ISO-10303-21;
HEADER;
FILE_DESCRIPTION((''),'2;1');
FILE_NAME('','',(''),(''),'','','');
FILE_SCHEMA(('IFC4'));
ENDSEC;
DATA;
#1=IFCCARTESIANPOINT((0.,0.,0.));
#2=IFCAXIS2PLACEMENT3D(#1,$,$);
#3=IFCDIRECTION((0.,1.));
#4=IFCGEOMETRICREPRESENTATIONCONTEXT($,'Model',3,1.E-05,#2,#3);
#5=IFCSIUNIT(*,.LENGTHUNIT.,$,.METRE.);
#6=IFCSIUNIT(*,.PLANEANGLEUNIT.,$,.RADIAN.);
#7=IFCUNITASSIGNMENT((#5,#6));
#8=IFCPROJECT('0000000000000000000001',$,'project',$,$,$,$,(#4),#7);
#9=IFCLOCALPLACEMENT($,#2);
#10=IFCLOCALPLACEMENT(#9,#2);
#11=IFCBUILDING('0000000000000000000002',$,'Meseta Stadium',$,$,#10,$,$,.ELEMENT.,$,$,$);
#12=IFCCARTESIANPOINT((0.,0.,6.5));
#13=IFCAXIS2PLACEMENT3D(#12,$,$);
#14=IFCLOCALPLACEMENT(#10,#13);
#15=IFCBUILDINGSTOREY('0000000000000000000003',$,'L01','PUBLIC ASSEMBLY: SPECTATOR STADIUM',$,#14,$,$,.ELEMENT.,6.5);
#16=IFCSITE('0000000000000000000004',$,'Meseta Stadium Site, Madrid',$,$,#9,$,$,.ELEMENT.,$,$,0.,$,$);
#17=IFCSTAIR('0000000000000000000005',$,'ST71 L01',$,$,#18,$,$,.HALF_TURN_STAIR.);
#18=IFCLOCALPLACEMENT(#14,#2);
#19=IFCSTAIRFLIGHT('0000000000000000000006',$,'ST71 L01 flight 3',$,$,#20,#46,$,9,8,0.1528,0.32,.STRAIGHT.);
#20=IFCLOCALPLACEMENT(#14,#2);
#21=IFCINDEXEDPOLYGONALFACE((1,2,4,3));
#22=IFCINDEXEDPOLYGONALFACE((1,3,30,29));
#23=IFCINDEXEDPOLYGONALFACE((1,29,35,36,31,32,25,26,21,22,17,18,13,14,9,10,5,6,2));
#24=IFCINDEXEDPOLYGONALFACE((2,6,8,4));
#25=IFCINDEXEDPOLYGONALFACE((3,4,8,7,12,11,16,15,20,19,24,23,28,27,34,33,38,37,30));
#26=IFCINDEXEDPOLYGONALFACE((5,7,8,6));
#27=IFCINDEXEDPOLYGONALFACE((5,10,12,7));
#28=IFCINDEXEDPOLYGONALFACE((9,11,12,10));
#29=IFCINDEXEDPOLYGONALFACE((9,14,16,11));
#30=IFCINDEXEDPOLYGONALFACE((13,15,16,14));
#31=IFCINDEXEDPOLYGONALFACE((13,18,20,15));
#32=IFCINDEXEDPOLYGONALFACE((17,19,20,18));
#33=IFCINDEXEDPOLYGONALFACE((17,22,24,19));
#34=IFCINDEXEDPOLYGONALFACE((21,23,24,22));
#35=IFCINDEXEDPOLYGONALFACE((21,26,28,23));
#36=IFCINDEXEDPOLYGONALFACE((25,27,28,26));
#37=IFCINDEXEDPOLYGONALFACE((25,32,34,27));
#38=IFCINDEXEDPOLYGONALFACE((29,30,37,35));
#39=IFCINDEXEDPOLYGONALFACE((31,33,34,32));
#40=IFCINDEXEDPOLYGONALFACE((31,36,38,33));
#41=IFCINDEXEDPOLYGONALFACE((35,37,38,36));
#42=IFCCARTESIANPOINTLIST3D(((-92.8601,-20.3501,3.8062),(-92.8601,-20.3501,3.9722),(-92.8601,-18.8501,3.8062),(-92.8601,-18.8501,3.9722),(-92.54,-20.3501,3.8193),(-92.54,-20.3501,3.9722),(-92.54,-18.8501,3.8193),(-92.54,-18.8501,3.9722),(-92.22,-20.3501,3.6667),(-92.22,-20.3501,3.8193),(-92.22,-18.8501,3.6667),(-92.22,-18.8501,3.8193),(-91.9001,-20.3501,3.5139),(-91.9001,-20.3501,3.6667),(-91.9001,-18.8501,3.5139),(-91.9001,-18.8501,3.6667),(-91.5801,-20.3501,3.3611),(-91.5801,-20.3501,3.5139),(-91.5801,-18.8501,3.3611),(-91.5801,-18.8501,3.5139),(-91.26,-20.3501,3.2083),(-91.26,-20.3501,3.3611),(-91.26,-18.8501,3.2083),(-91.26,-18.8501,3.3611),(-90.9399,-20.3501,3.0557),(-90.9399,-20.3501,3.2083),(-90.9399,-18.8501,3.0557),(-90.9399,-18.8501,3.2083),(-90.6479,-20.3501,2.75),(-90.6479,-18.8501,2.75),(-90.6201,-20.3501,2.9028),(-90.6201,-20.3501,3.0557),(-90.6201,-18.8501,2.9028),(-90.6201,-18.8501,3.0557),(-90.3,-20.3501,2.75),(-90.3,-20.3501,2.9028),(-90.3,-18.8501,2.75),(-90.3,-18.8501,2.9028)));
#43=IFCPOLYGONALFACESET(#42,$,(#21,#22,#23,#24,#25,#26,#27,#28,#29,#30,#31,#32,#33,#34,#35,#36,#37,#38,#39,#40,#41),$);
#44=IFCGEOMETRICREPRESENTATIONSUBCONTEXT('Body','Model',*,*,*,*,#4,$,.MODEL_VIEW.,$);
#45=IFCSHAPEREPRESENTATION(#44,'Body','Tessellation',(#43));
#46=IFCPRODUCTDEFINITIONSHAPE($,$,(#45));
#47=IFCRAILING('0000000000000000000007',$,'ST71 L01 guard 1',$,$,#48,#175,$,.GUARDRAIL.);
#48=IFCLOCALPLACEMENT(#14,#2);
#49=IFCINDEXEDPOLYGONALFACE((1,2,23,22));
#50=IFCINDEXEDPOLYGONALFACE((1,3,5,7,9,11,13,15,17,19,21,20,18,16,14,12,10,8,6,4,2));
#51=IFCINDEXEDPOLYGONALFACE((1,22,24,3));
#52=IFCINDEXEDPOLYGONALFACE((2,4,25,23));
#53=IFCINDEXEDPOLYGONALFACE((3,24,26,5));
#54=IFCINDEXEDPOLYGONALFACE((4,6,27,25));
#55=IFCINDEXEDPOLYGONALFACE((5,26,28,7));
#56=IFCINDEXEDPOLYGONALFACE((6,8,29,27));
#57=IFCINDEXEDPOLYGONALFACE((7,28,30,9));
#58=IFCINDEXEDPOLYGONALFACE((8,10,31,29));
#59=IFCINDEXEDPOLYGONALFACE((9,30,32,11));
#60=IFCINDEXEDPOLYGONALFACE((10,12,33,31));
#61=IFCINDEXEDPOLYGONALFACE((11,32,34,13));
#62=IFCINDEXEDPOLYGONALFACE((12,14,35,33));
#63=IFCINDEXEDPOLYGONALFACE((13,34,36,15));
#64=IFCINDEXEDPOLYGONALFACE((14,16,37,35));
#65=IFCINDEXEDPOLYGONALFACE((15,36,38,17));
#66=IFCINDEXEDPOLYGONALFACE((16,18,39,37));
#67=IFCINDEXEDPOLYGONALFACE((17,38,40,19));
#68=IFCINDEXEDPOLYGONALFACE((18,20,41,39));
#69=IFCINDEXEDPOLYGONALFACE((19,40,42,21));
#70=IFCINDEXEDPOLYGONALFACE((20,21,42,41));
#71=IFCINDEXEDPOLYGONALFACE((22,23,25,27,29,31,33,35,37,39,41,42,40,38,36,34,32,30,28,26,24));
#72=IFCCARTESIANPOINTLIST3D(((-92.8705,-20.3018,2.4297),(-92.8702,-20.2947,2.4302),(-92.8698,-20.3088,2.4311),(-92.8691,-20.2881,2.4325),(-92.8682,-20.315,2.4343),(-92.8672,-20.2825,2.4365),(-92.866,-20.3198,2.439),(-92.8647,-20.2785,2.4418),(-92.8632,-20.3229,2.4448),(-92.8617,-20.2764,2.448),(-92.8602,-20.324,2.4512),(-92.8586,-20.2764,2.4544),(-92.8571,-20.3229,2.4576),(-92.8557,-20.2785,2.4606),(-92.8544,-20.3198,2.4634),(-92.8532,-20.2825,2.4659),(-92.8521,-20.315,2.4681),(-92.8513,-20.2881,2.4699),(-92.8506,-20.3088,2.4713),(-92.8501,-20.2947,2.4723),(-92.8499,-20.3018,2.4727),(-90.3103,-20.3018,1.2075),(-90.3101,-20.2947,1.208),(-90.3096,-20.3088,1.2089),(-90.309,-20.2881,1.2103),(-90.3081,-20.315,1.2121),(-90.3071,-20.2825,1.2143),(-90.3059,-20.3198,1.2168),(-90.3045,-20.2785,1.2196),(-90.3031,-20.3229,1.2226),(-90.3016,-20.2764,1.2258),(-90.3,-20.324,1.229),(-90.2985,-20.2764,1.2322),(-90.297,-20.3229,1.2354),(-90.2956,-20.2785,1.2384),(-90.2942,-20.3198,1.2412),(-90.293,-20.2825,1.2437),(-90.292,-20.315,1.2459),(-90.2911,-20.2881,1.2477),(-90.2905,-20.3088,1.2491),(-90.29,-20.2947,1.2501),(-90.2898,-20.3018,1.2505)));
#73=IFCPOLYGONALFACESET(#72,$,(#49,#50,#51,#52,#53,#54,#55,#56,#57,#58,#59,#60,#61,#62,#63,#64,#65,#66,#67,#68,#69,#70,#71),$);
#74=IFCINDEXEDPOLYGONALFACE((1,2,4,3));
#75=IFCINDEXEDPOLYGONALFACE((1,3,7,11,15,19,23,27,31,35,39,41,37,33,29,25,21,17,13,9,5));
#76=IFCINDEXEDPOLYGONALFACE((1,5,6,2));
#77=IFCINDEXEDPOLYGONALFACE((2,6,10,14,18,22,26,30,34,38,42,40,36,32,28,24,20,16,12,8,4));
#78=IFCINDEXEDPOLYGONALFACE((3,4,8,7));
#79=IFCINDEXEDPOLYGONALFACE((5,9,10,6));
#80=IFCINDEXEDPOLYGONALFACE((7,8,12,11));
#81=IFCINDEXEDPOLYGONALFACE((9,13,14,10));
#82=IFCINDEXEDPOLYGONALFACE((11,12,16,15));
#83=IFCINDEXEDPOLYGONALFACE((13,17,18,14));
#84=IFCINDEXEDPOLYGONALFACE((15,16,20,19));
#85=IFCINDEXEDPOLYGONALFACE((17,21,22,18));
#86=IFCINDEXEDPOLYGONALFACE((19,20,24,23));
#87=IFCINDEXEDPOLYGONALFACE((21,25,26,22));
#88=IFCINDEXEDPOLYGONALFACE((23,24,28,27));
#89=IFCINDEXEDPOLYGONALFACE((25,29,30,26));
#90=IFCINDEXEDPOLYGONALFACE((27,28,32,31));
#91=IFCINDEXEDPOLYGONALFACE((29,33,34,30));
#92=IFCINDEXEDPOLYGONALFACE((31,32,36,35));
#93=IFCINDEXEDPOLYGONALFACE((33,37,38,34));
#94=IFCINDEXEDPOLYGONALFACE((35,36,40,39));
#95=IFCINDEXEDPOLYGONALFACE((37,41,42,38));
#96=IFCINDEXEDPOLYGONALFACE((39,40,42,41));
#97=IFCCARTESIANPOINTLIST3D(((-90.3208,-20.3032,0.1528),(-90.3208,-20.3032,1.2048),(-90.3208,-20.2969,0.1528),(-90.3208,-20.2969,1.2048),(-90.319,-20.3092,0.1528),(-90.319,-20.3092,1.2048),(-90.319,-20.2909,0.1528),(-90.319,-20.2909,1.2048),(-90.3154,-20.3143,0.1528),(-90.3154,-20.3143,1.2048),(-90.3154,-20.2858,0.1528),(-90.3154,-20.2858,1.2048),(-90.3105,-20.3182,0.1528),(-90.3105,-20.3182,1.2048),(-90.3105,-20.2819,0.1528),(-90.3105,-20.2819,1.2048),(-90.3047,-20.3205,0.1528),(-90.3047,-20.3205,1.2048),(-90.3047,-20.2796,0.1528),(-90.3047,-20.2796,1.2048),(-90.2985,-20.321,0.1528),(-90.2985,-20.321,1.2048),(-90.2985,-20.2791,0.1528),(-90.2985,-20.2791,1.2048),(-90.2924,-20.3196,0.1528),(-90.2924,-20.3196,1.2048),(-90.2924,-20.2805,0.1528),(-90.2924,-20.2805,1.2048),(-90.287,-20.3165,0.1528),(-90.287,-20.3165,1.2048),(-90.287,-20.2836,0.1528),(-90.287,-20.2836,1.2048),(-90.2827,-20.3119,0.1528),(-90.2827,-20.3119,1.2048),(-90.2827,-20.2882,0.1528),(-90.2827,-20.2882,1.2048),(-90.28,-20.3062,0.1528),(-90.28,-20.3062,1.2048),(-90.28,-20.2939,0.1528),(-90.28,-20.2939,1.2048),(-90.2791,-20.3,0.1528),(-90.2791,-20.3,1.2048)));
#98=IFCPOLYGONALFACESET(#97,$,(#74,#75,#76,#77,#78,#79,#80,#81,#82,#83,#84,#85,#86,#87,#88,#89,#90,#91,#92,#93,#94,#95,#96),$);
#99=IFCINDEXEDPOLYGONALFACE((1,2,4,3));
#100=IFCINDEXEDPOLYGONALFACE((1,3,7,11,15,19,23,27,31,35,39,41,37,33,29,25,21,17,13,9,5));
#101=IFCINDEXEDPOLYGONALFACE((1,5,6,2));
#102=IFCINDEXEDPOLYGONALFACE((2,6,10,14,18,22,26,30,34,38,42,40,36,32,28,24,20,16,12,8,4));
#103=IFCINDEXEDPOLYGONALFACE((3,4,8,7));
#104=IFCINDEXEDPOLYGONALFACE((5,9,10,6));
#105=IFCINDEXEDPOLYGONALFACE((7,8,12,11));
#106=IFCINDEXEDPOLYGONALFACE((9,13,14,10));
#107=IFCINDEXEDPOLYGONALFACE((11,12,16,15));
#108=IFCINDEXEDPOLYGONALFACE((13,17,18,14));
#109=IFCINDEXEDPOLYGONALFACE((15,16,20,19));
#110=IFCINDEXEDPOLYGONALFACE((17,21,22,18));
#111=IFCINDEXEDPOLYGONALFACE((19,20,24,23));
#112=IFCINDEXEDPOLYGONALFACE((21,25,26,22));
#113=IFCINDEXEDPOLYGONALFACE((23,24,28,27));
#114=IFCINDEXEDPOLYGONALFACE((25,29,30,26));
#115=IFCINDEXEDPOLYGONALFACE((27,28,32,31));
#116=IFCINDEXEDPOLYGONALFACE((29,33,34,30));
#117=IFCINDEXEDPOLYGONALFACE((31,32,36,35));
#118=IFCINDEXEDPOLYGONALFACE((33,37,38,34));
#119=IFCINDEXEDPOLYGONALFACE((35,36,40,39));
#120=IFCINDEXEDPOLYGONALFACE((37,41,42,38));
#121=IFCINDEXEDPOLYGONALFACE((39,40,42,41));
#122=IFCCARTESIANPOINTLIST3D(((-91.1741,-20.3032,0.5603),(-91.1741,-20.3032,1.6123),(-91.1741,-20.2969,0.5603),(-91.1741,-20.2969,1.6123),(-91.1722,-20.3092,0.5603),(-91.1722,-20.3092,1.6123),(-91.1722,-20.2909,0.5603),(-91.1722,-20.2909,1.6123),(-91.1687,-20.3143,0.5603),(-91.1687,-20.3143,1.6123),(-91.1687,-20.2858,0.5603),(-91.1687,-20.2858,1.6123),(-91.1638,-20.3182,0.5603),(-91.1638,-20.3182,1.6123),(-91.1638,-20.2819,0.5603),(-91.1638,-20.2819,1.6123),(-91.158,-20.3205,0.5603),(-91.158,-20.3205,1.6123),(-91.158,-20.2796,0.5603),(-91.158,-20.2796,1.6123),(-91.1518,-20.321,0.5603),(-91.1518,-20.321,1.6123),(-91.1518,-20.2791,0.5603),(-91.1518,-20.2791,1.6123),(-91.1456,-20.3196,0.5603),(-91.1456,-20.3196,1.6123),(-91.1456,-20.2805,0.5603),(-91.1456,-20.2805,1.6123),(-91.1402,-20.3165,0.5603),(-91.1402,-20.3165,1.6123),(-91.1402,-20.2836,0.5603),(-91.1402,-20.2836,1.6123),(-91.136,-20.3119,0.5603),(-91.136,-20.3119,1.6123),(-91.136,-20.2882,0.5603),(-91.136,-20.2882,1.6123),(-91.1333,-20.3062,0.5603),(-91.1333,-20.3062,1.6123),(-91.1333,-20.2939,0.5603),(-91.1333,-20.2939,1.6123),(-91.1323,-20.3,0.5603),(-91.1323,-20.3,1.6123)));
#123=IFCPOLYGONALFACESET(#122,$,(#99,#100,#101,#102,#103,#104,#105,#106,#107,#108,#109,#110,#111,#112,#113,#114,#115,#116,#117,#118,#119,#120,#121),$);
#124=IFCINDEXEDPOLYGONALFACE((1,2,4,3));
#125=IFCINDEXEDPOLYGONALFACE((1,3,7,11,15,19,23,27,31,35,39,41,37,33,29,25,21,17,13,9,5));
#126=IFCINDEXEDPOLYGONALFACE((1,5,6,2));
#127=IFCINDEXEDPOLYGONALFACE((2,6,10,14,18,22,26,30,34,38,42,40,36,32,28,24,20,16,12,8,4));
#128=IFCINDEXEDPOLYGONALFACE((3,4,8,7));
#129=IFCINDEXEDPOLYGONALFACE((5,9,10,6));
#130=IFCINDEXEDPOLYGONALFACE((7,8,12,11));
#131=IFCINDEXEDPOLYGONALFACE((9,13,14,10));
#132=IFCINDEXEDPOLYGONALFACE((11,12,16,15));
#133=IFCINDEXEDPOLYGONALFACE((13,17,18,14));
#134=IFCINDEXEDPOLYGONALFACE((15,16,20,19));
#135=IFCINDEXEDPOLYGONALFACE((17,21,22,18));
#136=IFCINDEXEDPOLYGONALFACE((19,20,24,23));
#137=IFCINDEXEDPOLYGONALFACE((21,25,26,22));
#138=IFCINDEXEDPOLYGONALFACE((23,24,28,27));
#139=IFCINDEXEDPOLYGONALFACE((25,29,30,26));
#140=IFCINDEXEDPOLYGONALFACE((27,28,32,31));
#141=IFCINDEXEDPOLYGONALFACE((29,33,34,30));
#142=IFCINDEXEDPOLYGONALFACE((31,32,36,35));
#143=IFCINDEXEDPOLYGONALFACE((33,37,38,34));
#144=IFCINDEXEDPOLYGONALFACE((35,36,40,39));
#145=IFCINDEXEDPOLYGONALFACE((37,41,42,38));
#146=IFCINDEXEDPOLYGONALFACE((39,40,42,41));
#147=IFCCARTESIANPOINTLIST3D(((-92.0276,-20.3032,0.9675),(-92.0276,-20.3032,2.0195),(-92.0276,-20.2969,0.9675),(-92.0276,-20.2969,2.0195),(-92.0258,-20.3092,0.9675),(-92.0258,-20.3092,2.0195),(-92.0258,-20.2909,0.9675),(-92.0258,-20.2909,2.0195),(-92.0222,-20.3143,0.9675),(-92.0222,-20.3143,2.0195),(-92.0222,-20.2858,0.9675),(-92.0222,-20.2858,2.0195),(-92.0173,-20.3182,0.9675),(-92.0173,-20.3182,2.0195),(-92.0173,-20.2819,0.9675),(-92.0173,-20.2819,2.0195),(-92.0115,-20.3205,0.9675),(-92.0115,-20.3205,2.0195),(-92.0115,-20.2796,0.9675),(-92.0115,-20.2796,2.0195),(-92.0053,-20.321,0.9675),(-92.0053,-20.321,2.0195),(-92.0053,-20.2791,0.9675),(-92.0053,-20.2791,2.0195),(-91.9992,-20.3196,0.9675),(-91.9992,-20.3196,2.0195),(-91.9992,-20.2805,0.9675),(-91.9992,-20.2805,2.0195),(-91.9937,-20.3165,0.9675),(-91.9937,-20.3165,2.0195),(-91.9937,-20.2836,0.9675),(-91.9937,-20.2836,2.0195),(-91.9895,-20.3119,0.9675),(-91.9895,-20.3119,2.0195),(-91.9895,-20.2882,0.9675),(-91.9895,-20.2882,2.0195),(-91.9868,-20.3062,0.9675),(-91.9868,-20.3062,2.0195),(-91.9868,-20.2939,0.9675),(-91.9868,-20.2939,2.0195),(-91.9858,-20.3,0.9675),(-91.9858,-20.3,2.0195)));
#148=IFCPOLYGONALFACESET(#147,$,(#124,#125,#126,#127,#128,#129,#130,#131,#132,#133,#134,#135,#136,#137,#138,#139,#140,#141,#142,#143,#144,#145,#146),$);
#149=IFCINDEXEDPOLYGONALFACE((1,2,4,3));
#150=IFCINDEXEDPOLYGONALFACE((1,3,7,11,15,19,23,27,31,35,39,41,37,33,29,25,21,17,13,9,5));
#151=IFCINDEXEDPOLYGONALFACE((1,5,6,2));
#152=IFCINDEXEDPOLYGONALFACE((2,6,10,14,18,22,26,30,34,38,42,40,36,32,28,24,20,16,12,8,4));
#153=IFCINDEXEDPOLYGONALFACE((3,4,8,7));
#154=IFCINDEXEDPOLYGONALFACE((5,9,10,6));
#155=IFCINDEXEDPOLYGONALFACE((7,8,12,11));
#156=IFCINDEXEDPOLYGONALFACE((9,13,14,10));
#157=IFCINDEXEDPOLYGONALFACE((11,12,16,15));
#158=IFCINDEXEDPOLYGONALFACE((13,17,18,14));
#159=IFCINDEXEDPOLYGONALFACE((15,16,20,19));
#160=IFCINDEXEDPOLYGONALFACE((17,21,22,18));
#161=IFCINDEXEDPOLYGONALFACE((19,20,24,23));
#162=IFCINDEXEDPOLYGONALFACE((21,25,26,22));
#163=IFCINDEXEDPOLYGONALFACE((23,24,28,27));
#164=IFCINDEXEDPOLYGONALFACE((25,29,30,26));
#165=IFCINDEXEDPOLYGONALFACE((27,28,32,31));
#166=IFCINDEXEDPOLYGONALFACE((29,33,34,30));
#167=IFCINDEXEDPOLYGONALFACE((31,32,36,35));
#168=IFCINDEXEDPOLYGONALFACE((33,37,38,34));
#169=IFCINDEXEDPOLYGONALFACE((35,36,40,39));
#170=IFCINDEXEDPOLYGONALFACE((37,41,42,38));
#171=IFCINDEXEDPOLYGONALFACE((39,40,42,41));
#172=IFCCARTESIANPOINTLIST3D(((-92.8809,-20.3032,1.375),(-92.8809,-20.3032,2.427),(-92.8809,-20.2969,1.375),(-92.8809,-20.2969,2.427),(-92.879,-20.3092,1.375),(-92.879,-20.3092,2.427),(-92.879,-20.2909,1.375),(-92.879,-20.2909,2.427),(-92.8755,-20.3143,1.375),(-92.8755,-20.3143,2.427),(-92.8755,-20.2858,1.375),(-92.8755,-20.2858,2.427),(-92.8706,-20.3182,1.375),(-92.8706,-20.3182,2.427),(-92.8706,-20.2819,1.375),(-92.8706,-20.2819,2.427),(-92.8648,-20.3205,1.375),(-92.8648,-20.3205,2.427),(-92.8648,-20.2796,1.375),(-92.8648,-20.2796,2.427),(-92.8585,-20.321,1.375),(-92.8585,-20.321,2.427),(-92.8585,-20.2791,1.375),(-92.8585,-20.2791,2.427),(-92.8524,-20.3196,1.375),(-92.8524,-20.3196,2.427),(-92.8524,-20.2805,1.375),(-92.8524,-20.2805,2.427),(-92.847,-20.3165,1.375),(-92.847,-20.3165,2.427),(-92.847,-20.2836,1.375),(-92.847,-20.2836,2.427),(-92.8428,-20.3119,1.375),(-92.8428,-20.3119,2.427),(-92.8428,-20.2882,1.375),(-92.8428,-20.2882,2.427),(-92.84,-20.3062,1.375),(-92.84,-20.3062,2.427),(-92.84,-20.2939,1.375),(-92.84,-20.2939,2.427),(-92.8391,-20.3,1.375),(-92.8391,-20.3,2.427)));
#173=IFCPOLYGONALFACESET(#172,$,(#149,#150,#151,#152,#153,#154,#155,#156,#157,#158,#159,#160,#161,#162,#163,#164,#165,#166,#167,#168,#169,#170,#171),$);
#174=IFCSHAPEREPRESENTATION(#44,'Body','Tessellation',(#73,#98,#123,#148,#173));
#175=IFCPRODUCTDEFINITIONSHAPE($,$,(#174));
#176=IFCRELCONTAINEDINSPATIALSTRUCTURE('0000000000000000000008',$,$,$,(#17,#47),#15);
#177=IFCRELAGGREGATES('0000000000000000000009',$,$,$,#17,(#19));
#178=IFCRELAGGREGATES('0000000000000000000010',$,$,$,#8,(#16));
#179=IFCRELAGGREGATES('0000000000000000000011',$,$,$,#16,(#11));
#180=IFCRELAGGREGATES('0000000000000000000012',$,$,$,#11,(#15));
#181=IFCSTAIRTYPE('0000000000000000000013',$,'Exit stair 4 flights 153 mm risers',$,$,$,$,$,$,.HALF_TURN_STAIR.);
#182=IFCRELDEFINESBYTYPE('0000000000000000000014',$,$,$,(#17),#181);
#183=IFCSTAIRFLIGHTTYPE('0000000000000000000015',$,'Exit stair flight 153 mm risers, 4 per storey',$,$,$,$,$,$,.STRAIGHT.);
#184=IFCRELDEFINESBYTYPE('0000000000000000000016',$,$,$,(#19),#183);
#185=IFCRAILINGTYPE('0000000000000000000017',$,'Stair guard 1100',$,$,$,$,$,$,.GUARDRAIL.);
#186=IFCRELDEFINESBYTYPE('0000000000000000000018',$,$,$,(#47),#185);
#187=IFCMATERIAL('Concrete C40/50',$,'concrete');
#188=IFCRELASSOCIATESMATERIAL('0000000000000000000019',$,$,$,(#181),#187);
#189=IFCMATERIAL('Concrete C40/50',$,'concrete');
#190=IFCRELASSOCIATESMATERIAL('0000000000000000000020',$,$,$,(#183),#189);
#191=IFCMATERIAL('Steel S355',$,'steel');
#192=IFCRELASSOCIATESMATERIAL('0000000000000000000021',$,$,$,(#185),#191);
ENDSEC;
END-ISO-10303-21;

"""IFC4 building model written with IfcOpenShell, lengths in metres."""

from ifc_helpers import new_model, si_unit, direction, frame, origin, origin_2d, place, context, subcontext, project, spatial, polyline, circle, outline, extrude, material, type_object, element, aggregate, save


model = new_model("IFC4")

# Units and contexts
model_context = context("Model", 3, precision=1e-05, world=origin(), true_north=direction((0.0, 1.0)))
body_context = subcontext(model_context, "Body", "Model", "MODEL_VIEW")
ifc_project = project(units=[si_unit("LENGTHUNIT", "METRE"), si_unit("PLANEANGLEUNIT", "RADIAN")], contexts=[model_context])

# Site, building, storey
site_placement = place(None, origin())
site = spatial("IfcSite", under=ifc_project, at=site_placement, Name="Meseta Stadium Site, Madrid", CompositionType="ELEMENT", RefElevation=0.0)
building_placement = place(site_placement, origin())
building = spatial("IfcBuilding", under=site, at=building_placement, Name="Meseta Stadium", CompositionType="ELEMENT")
storey_placement = place(building_placement, frame((0.0, 0.0, 6.5)))
storey = spatial("IfcBuildingStorey", under=building, at=storey_placement, Name="L01", Description="PUBLIC ASSEMBLY: SPECTATOR STADIUM", CompositionType="ELEMENT", Elevation=6.5)

# Stair, stair flight
ifc_material_1 = material(Name="Concrete C40/50", Category="concrete")
stair_type = type_object("IfcStairType", Name="Exit stair 4 flights 153 mm risers", PredefinedType="HALF_TURN_STAIR", material=ifc_material_1)
stair_placement = place(storey_placement, origin())
stair = element("IfcStair", 1, at=stair_placement, inside=storey, type_object=stair_type, Name="ST71 L01", PredefinedType="HALF_TURN_STAIR")
ifc_material_2 = material(Name="Concrete C40/50", Category="concrete")
stair_flight_type = type_object("IfcStairFlightType", Name="Exit stair flight 153 mm risers, 4 per storey", PredefinedType="STRAIGHT", material=ifc_material_2)
stair_flight_1_placement = place(storey_placement, frame((-90.3, -19.6001, 2.75), z_axis=(0.0, 0.0, 1.0), x_axis=(-1.0, 0.0, 0.0)))
stair_flight_1 = element("IfcStairFlight", 2, at=stair_flight_1_placement, type_object=stair_flight_type, Name="ST71 L01 flight 3", NumberOfRisers=9, NumberOfTreads=8, PredefinedType="STRAIGHT", RiserHeight=0.1528, TreadLength=0.32, context=body_context, shape_type="SweptSolid", body=[
    extrude(outline(polyline([(0.0, 0.0), (0.0, 0.1528), (0.3201, 0.1528), (0.3201, 0.3057), (0.6399, 0.3057), (0.6399, 0.4583), (0.96, 0.4583), (0.96, 0.6111), (1.28, 0.6111), (1.28, 0.7639), (1.6001, 0.7639), (1.6001, 0.9167), (1.9199, 0.9167), (1.9199, 1.0693), (2.24, 1.0693), (2.24, 1.2222), (2.5601, 1.2222), (2.5601, 1.0562), (0.3479, 0.0), (0.0, 0.0)])), frame((0.0, 0.75, 0.0), z_axis=(0.0, -1.0, 0.0), x_axis=(1.0, 0.0, 0.0)), (0.0, 0.0, 1.0), 1.5),
])
aggregate(stair, [stair_flight_1])

# Railing
ifc_material_3 = material(Name="Steel S355", Category="steel")
railing_type_1 = type_object("IfcRailingType", Name="Stair guard 1100", PredefinedType="GUARDRAIL", material=ifc_material_3)
railing_1_placement = place(storey_placement, frame((-90.3, -20.3, 0.1528)))
element("IfcRailing", 3, at=railing_1_placement, inside=storey, type_object=railing_type_1, Name="ST71 L01 guard 1", PredefinedType="GUARDRAIL", context=body_context, shape_type="SweptSolid", body=[
    extrude(circle(Radius=0.0239, at=origin_2d()), frame((0.0, 0.0, 1.0762), z_axis=(-0.902437, 0.0, 0.430822), x_axis=(0.0, -1.0, 0.0)), (0.0, 0.0, 1.0), 2.8369),
    extrude(circle(Radius=0.021, at=origin_2d()), origin(), (0.0, 0.0, 1.0), 1.052),
    extrude(circle(Radius=0.021, at=origin_2d()), frame((-0.8533, 0.0, 0.4075)), (0.0, 0.0, 1.0), 1.052),
    extrude(circle(Radius=0.021, at=origin_2d()), frame((-1.7068, 0.0, 0.8147)), (0.0, 0.0, 1.0), 1.052),
    extrude(circle(Radius=0.021, at=origin_2d()), frame((-2.5601, 0.0, 1.2222)), (0.0, 0.0, 1.0), 1.052),
])

save(model, "model.ifc")
